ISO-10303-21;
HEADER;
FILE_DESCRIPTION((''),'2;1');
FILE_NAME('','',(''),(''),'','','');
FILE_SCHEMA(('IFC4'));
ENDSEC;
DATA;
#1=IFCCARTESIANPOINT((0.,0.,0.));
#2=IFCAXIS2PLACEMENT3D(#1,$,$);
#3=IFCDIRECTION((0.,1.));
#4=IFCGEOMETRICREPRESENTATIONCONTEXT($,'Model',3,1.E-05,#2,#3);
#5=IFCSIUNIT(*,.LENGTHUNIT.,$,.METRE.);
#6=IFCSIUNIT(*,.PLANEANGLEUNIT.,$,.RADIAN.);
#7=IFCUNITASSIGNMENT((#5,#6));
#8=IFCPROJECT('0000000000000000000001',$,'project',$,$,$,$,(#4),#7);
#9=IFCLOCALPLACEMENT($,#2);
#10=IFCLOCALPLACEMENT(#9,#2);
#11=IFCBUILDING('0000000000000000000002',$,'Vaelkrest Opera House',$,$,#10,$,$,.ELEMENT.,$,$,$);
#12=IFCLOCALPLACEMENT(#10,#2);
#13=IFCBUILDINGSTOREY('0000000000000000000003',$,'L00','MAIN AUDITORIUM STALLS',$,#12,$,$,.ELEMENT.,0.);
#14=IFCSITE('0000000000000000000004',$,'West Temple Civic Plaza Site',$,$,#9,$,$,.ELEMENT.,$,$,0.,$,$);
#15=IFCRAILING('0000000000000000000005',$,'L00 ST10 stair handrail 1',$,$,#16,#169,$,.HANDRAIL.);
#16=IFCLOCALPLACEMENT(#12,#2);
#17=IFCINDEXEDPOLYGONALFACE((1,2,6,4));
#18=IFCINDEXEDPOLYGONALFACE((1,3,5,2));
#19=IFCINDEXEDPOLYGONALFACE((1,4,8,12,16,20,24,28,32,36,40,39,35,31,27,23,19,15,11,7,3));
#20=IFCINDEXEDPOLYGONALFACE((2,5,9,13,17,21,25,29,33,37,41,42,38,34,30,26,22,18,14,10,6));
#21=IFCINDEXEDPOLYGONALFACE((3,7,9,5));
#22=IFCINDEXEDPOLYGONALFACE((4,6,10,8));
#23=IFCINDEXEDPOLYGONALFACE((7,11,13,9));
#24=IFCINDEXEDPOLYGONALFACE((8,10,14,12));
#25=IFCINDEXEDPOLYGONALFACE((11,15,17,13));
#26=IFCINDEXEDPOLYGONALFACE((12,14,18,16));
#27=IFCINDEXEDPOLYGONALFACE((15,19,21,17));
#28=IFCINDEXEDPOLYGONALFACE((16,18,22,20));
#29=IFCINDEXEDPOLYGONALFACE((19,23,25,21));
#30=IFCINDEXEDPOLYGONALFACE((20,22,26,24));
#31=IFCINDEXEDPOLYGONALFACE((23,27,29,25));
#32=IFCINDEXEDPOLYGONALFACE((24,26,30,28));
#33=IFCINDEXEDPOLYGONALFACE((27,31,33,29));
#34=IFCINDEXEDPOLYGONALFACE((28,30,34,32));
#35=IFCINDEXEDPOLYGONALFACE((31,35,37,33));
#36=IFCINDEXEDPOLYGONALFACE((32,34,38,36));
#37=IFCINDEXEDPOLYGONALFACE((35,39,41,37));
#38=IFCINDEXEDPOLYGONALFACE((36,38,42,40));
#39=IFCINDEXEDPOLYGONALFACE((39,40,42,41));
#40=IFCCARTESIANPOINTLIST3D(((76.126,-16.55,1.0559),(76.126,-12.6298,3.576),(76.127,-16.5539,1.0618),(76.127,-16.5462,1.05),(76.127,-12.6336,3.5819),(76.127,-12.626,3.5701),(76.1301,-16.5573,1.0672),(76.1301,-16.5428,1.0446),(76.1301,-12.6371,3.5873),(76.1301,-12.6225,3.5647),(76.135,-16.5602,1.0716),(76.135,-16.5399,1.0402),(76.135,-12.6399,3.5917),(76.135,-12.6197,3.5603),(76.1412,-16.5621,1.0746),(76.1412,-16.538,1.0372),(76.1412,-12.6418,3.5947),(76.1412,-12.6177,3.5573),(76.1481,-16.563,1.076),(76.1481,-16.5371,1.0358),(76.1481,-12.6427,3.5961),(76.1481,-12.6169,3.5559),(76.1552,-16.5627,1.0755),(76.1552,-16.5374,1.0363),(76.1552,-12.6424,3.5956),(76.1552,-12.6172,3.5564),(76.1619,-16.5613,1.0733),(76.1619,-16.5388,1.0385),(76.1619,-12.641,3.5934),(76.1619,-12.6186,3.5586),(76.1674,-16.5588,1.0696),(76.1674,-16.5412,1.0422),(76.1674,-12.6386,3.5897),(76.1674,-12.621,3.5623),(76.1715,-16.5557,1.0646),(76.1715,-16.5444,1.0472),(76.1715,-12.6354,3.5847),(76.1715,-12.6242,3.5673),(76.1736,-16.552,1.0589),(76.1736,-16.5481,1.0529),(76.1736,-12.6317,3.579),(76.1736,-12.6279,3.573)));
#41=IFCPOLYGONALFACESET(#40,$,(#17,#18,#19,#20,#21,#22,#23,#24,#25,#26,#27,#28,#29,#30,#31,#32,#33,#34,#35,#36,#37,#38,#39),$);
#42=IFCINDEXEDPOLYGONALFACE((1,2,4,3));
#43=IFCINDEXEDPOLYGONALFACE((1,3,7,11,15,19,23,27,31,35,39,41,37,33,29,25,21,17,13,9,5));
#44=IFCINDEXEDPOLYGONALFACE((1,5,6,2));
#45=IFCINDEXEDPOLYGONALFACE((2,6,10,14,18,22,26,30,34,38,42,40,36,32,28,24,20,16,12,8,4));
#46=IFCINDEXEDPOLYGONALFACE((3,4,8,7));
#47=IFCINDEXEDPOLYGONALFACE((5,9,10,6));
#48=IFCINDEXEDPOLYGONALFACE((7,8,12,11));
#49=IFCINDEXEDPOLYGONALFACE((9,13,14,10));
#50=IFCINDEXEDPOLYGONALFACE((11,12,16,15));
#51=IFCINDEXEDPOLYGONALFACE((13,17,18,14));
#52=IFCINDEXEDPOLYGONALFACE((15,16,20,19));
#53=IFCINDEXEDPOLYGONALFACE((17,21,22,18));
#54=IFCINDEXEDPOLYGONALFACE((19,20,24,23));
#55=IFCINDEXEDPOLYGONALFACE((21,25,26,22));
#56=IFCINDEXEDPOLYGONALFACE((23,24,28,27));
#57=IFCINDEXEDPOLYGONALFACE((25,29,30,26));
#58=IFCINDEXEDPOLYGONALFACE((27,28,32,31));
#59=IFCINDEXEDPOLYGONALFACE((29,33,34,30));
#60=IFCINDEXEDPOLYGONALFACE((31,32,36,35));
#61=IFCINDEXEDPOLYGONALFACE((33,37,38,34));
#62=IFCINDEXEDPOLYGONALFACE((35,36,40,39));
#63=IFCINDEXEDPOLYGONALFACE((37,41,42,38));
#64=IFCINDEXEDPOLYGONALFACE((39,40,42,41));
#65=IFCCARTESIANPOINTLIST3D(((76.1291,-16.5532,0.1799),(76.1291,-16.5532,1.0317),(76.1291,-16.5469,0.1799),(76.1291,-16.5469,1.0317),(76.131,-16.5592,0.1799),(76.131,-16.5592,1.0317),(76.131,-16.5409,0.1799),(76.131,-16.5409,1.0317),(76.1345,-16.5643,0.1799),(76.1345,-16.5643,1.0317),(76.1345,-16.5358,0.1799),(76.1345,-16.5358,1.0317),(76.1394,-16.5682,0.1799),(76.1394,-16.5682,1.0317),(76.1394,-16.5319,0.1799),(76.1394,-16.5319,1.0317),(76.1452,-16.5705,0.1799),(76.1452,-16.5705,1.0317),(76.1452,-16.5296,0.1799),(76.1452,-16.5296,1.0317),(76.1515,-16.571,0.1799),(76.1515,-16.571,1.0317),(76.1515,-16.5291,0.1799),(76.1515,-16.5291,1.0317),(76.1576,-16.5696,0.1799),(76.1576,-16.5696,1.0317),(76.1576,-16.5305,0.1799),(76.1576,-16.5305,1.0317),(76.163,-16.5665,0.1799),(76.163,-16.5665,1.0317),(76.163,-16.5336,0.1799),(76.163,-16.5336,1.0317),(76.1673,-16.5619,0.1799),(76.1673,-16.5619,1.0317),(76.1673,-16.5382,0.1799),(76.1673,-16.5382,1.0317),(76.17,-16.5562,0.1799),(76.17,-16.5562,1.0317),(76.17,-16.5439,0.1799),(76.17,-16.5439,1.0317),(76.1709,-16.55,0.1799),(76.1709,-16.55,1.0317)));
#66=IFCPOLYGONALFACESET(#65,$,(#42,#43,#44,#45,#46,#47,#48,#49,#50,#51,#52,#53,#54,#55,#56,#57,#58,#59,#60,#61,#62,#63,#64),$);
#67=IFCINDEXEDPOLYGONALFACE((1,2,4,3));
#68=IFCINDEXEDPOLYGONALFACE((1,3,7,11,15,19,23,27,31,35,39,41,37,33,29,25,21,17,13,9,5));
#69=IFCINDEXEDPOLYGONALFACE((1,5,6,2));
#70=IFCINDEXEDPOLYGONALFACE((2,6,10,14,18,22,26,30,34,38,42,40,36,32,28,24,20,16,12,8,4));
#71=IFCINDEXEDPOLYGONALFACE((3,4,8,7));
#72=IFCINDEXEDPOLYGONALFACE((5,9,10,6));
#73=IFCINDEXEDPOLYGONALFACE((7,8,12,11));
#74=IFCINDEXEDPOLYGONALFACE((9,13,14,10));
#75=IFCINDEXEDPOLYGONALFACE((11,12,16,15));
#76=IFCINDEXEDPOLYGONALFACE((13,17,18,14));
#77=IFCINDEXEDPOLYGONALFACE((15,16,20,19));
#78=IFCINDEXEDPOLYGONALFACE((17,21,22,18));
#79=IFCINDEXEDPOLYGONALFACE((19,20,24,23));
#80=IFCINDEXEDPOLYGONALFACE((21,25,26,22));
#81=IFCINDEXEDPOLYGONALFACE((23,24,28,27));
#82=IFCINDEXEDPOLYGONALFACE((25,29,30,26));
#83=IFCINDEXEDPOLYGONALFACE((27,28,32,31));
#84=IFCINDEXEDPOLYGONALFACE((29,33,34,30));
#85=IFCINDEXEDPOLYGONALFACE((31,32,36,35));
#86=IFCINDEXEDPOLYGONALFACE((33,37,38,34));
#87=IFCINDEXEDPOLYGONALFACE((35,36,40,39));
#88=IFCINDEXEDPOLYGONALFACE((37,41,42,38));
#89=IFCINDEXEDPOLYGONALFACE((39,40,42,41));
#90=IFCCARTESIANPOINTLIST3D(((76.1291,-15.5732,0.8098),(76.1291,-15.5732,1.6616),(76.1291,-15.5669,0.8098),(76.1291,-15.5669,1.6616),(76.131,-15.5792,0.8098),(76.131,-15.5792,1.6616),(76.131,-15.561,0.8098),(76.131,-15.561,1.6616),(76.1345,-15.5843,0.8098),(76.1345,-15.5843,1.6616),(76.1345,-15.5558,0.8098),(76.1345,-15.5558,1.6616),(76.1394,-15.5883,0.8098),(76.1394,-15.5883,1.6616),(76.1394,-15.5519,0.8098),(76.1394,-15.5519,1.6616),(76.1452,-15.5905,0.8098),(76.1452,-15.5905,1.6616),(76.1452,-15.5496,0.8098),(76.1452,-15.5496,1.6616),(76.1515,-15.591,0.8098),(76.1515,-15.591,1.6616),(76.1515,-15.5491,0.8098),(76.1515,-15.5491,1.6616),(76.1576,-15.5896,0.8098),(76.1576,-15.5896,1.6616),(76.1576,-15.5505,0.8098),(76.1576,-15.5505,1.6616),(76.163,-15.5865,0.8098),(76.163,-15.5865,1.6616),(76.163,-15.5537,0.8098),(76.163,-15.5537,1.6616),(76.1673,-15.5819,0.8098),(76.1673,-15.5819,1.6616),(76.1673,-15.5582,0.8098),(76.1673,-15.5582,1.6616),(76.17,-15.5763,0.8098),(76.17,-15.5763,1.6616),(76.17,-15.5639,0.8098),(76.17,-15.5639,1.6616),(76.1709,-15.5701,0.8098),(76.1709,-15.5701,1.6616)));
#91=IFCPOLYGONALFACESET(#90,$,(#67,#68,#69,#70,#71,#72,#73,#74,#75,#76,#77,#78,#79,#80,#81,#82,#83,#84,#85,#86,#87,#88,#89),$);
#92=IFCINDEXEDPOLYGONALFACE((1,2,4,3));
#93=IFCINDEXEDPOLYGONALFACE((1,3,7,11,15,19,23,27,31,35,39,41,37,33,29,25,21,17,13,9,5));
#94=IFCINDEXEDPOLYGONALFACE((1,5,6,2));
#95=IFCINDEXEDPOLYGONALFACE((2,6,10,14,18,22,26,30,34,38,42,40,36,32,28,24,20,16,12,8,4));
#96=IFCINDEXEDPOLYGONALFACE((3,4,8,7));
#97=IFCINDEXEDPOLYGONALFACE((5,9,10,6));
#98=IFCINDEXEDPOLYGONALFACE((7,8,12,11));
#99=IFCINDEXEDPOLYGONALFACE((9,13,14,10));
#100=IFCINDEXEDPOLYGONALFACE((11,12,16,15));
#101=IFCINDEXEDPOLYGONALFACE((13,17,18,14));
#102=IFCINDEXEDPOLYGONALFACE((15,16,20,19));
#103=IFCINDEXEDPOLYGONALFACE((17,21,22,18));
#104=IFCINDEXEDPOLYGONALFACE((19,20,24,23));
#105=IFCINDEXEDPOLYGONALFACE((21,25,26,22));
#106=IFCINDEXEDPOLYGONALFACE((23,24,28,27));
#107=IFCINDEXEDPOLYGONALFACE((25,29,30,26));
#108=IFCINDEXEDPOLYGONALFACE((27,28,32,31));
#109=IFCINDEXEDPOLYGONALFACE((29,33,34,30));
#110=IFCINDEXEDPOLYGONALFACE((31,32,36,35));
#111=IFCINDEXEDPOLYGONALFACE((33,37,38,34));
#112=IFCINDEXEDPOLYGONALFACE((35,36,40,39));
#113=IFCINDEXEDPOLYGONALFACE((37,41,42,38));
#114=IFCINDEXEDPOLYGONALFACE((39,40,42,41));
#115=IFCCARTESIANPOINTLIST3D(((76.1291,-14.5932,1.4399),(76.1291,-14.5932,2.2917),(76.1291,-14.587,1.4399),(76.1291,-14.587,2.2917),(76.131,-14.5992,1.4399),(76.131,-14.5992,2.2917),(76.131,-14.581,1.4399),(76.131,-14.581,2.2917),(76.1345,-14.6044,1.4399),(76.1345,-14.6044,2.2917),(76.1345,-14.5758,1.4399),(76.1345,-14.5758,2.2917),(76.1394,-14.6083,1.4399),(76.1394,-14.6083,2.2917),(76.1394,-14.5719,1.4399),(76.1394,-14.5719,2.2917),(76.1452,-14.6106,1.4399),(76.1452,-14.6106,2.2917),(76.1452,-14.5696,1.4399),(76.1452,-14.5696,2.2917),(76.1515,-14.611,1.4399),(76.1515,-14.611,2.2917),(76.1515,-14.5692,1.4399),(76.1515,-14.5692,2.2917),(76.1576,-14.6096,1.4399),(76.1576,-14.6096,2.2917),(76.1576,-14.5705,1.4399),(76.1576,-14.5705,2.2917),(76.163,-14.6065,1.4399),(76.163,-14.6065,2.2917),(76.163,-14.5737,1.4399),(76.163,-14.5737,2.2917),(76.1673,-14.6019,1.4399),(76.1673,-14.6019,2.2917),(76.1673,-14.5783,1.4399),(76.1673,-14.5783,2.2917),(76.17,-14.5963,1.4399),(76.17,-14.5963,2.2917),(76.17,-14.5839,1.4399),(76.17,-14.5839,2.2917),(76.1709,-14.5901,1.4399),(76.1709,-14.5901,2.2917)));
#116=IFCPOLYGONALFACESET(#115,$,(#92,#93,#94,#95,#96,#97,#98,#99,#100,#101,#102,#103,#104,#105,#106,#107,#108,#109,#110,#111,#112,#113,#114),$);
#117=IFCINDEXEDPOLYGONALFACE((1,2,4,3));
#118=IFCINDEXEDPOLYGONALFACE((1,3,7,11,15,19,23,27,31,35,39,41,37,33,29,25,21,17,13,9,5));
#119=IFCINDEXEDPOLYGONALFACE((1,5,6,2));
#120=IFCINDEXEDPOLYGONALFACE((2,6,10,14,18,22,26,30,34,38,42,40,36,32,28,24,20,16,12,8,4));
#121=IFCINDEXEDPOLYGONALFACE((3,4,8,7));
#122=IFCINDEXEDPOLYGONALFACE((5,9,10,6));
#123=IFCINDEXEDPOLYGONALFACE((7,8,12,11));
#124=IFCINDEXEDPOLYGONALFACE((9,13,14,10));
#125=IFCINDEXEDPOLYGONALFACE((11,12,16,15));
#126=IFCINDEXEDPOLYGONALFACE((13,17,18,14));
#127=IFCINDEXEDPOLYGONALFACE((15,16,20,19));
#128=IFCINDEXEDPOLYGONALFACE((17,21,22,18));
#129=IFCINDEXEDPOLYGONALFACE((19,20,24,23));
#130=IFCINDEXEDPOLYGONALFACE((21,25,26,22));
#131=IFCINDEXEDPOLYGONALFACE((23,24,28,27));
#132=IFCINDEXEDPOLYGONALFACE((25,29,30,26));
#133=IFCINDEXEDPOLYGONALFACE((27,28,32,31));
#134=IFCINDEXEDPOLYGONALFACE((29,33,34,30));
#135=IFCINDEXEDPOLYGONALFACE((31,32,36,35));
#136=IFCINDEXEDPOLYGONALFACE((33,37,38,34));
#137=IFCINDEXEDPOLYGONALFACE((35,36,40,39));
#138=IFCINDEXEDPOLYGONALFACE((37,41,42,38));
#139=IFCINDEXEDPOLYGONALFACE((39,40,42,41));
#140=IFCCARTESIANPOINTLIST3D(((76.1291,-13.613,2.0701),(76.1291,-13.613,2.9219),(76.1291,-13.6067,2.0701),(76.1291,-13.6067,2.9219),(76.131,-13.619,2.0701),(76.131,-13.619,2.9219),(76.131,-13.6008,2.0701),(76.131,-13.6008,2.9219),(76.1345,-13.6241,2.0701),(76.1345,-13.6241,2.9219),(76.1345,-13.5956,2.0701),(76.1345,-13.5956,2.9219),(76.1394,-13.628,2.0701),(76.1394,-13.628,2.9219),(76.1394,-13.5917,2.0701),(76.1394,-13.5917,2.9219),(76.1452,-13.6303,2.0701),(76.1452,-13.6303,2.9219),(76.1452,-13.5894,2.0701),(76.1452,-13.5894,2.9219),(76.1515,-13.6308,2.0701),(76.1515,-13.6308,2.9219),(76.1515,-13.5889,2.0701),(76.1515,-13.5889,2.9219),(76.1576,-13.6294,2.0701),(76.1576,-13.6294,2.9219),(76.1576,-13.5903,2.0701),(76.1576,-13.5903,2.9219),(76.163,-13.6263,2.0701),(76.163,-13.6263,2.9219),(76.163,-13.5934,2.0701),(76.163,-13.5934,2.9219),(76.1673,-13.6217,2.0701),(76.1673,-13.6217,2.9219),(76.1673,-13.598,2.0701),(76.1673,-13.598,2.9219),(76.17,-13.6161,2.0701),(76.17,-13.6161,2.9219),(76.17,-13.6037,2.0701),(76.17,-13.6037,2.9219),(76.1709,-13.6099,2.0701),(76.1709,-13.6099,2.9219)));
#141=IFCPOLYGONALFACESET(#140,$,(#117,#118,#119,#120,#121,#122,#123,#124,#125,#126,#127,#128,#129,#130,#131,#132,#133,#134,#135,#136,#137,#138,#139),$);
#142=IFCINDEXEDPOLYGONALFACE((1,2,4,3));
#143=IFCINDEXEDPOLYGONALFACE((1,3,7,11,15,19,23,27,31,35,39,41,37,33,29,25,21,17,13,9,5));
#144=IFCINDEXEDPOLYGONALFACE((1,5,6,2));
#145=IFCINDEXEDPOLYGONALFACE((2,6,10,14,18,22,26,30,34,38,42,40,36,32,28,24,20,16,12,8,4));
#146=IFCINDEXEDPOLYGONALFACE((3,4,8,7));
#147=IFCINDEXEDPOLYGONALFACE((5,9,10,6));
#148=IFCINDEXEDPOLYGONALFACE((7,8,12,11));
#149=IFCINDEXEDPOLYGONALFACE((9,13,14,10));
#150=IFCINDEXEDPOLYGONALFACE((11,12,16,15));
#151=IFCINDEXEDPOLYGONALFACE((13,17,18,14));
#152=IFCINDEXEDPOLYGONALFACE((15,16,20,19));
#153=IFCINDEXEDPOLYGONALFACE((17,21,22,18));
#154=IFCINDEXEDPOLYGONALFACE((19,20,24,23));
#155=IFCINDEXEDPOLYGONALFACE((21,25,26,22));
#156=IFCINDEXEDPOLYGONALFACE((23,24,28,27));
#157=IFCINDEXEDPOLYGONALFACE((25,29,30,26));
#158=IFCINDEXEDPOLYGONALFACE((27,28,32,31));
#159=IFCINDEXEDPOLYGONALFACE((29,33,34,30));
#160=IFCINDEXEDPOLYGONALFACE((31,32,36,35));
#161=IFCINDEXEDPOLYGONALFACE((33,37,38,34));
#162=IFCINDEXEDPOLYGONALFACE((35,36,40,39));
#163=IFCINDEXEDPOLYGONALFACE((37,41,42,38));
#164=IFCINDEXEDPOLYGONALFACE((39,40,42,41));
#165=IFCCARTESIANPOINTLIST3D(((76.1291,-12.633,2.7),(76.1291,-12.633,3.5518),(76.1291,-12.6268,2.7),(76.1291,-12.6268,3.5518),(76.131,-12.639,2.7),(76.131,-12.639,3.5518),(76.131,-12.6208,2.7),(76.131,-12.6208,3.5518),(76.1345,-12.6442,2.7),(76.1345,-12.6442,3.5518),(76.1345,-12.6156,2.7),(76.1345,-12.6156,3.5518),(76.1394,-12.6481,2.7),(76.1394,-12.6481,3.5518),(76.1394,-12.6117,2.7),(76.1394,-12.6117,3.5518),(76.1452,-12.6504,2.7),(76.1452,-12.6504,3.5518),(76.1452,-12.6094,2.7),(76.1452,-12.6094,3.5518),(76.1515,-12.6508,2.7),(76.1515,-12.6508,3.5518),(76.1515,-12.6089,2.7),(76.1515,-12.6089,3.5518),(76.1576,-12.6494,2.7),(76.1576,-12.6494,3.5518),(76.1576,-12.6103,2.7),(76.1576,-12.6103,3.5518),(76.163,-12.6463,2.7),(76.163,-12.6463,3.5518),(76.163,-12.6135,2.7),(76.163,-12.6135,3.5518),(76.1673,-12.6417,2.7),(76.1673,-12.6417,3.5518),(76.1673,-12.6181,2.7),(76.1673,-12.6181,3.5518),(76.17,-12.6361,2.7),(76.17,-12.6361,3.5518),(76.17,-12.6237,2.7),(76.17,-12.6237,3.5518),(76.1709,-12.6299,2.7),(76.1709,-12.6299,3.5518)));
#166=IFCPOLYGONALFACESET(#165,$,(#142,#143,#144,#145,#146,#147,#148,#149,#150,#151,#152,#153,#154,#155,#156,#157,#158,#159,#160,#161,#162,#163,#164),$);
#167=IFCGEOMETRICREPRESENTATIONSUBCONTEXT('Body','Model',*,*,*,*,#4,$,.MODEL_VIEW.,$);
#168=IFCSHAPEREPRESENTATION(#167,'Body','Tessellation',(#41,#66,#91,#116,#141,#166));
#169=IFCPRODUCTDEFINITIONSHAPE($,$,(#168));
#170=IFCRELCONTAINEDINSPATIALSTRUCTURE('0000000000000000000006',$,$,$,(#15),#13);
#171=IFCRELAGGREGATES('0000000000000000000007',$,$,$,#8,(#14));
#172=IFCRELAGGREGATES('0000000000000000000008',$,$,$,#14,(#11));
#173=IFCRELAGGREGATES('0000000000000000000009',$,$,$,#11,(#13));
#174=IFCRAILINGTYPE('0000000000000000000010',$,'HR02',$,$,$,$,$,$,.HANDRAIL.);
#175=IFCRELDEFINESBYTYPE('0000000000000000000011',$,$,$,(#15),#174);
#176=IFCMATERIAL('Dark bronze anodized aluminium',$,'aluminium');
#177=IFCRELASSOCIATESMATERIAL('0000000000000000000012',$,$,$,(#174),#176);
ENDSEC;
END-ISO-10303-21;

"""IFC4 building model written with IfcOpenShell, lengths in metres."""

from ifc_helpers import new_model, si_unit, direction, frame, origin, origin_2d, place, context, subcontext, project, spatial, circle, extrude, material, type_object, element, save


model = new_model("IFC4")

# Units and contexts
model_context = context("Model", 3, precision=1e-05, world=origin(), true_north=direction((0.0, 1.0)))
body_context = subcontext(model_context, "Body", "Model", "MODEL_VIEW")
ifc_project = project(units=[si_unit("LENGTHUNIT", "METRE"), si_unit("PLANEANGLEUNIT", "RADIAN")], contexts=[model_context])

# Site, building, storey
site_placement = place(None, origin())
site = spatial("IfcSite", under=ifc_project, at=site_placement, Name="West Temple Civic Plaza Site", CompositionType="ELEMENT", RefElevation=0.0)
building_placement = place(site_placement, origin())
building = spatial("IfcBuilding", under=site, at=building_placement, Name="Vaelkrest Opera House", CompositionType="ELEMENT")
storey_placement = place(building_placement, origin())
storey = spatial("IfcBuildingStorey", under=building, at=storey_placement, Name="L00", Description="MAIN AUDITORIUM STALLS", CompositionType="ELEMENT", Elevation=0.0)

# Railing
ifc_material_1 = material(Name="Dark bronze anodized aluminium", Category="aluminium")
railing_type_1 = type_object("IfcRailingType", Name="HR02", PredefinedType="HANDRAIL", material=ifc_material_1)
railing_1_placement = place(storey_placement, frame((76.1499, -16.55, 0.1799)))
element("IfcRailing", 1, at=railing_1_placement, inside=storey, type_object=railing_type_1, Name="L00 ST10 stair handrail 1", PredefinedType="HANDRAIL", context=body_context, shape_type="SweptSolid", body=[
    extrude(circle(Radius=0.0239, at=origin_2d()), frame((0.0, 0.0, 0.876), z_axis=(0.0, 0.841187, 0.540744), x_axis=(-1.0, 0.0, 0.0)), (0.0, 0.0, 1.0), 4.6604),
    extrude(circle(Radius=0.021, at=origin_2d()), origin(), (0.0, 0.0, 1.0), 0.8518),
    extrude(circle(Radius=0.021, at=origin_2d()), frame((0.0, 0.98, 0.6299)), (0.0, 0.0, 1.0), 0.8518),
    extrude(circle(Radius=0.021, at=origin_2d()), frame((0.0, 1.96, 1.26)), (0.0, 0.0, 1.0), 0.8518),
    extrude(circle(Radius=0.021, at=origin_2d()), frame((0.0, 2.9402, 1.8901)), (0.0, 0.0, 1.0), 0.8518),
    extrude(circle(Radius=0.021, at=origin_2d()), frame((0.0, 3.9202, 2.52)), (0.0, 0.0, 1.0), 0.8518),
])

save(model, "model.ifc")
